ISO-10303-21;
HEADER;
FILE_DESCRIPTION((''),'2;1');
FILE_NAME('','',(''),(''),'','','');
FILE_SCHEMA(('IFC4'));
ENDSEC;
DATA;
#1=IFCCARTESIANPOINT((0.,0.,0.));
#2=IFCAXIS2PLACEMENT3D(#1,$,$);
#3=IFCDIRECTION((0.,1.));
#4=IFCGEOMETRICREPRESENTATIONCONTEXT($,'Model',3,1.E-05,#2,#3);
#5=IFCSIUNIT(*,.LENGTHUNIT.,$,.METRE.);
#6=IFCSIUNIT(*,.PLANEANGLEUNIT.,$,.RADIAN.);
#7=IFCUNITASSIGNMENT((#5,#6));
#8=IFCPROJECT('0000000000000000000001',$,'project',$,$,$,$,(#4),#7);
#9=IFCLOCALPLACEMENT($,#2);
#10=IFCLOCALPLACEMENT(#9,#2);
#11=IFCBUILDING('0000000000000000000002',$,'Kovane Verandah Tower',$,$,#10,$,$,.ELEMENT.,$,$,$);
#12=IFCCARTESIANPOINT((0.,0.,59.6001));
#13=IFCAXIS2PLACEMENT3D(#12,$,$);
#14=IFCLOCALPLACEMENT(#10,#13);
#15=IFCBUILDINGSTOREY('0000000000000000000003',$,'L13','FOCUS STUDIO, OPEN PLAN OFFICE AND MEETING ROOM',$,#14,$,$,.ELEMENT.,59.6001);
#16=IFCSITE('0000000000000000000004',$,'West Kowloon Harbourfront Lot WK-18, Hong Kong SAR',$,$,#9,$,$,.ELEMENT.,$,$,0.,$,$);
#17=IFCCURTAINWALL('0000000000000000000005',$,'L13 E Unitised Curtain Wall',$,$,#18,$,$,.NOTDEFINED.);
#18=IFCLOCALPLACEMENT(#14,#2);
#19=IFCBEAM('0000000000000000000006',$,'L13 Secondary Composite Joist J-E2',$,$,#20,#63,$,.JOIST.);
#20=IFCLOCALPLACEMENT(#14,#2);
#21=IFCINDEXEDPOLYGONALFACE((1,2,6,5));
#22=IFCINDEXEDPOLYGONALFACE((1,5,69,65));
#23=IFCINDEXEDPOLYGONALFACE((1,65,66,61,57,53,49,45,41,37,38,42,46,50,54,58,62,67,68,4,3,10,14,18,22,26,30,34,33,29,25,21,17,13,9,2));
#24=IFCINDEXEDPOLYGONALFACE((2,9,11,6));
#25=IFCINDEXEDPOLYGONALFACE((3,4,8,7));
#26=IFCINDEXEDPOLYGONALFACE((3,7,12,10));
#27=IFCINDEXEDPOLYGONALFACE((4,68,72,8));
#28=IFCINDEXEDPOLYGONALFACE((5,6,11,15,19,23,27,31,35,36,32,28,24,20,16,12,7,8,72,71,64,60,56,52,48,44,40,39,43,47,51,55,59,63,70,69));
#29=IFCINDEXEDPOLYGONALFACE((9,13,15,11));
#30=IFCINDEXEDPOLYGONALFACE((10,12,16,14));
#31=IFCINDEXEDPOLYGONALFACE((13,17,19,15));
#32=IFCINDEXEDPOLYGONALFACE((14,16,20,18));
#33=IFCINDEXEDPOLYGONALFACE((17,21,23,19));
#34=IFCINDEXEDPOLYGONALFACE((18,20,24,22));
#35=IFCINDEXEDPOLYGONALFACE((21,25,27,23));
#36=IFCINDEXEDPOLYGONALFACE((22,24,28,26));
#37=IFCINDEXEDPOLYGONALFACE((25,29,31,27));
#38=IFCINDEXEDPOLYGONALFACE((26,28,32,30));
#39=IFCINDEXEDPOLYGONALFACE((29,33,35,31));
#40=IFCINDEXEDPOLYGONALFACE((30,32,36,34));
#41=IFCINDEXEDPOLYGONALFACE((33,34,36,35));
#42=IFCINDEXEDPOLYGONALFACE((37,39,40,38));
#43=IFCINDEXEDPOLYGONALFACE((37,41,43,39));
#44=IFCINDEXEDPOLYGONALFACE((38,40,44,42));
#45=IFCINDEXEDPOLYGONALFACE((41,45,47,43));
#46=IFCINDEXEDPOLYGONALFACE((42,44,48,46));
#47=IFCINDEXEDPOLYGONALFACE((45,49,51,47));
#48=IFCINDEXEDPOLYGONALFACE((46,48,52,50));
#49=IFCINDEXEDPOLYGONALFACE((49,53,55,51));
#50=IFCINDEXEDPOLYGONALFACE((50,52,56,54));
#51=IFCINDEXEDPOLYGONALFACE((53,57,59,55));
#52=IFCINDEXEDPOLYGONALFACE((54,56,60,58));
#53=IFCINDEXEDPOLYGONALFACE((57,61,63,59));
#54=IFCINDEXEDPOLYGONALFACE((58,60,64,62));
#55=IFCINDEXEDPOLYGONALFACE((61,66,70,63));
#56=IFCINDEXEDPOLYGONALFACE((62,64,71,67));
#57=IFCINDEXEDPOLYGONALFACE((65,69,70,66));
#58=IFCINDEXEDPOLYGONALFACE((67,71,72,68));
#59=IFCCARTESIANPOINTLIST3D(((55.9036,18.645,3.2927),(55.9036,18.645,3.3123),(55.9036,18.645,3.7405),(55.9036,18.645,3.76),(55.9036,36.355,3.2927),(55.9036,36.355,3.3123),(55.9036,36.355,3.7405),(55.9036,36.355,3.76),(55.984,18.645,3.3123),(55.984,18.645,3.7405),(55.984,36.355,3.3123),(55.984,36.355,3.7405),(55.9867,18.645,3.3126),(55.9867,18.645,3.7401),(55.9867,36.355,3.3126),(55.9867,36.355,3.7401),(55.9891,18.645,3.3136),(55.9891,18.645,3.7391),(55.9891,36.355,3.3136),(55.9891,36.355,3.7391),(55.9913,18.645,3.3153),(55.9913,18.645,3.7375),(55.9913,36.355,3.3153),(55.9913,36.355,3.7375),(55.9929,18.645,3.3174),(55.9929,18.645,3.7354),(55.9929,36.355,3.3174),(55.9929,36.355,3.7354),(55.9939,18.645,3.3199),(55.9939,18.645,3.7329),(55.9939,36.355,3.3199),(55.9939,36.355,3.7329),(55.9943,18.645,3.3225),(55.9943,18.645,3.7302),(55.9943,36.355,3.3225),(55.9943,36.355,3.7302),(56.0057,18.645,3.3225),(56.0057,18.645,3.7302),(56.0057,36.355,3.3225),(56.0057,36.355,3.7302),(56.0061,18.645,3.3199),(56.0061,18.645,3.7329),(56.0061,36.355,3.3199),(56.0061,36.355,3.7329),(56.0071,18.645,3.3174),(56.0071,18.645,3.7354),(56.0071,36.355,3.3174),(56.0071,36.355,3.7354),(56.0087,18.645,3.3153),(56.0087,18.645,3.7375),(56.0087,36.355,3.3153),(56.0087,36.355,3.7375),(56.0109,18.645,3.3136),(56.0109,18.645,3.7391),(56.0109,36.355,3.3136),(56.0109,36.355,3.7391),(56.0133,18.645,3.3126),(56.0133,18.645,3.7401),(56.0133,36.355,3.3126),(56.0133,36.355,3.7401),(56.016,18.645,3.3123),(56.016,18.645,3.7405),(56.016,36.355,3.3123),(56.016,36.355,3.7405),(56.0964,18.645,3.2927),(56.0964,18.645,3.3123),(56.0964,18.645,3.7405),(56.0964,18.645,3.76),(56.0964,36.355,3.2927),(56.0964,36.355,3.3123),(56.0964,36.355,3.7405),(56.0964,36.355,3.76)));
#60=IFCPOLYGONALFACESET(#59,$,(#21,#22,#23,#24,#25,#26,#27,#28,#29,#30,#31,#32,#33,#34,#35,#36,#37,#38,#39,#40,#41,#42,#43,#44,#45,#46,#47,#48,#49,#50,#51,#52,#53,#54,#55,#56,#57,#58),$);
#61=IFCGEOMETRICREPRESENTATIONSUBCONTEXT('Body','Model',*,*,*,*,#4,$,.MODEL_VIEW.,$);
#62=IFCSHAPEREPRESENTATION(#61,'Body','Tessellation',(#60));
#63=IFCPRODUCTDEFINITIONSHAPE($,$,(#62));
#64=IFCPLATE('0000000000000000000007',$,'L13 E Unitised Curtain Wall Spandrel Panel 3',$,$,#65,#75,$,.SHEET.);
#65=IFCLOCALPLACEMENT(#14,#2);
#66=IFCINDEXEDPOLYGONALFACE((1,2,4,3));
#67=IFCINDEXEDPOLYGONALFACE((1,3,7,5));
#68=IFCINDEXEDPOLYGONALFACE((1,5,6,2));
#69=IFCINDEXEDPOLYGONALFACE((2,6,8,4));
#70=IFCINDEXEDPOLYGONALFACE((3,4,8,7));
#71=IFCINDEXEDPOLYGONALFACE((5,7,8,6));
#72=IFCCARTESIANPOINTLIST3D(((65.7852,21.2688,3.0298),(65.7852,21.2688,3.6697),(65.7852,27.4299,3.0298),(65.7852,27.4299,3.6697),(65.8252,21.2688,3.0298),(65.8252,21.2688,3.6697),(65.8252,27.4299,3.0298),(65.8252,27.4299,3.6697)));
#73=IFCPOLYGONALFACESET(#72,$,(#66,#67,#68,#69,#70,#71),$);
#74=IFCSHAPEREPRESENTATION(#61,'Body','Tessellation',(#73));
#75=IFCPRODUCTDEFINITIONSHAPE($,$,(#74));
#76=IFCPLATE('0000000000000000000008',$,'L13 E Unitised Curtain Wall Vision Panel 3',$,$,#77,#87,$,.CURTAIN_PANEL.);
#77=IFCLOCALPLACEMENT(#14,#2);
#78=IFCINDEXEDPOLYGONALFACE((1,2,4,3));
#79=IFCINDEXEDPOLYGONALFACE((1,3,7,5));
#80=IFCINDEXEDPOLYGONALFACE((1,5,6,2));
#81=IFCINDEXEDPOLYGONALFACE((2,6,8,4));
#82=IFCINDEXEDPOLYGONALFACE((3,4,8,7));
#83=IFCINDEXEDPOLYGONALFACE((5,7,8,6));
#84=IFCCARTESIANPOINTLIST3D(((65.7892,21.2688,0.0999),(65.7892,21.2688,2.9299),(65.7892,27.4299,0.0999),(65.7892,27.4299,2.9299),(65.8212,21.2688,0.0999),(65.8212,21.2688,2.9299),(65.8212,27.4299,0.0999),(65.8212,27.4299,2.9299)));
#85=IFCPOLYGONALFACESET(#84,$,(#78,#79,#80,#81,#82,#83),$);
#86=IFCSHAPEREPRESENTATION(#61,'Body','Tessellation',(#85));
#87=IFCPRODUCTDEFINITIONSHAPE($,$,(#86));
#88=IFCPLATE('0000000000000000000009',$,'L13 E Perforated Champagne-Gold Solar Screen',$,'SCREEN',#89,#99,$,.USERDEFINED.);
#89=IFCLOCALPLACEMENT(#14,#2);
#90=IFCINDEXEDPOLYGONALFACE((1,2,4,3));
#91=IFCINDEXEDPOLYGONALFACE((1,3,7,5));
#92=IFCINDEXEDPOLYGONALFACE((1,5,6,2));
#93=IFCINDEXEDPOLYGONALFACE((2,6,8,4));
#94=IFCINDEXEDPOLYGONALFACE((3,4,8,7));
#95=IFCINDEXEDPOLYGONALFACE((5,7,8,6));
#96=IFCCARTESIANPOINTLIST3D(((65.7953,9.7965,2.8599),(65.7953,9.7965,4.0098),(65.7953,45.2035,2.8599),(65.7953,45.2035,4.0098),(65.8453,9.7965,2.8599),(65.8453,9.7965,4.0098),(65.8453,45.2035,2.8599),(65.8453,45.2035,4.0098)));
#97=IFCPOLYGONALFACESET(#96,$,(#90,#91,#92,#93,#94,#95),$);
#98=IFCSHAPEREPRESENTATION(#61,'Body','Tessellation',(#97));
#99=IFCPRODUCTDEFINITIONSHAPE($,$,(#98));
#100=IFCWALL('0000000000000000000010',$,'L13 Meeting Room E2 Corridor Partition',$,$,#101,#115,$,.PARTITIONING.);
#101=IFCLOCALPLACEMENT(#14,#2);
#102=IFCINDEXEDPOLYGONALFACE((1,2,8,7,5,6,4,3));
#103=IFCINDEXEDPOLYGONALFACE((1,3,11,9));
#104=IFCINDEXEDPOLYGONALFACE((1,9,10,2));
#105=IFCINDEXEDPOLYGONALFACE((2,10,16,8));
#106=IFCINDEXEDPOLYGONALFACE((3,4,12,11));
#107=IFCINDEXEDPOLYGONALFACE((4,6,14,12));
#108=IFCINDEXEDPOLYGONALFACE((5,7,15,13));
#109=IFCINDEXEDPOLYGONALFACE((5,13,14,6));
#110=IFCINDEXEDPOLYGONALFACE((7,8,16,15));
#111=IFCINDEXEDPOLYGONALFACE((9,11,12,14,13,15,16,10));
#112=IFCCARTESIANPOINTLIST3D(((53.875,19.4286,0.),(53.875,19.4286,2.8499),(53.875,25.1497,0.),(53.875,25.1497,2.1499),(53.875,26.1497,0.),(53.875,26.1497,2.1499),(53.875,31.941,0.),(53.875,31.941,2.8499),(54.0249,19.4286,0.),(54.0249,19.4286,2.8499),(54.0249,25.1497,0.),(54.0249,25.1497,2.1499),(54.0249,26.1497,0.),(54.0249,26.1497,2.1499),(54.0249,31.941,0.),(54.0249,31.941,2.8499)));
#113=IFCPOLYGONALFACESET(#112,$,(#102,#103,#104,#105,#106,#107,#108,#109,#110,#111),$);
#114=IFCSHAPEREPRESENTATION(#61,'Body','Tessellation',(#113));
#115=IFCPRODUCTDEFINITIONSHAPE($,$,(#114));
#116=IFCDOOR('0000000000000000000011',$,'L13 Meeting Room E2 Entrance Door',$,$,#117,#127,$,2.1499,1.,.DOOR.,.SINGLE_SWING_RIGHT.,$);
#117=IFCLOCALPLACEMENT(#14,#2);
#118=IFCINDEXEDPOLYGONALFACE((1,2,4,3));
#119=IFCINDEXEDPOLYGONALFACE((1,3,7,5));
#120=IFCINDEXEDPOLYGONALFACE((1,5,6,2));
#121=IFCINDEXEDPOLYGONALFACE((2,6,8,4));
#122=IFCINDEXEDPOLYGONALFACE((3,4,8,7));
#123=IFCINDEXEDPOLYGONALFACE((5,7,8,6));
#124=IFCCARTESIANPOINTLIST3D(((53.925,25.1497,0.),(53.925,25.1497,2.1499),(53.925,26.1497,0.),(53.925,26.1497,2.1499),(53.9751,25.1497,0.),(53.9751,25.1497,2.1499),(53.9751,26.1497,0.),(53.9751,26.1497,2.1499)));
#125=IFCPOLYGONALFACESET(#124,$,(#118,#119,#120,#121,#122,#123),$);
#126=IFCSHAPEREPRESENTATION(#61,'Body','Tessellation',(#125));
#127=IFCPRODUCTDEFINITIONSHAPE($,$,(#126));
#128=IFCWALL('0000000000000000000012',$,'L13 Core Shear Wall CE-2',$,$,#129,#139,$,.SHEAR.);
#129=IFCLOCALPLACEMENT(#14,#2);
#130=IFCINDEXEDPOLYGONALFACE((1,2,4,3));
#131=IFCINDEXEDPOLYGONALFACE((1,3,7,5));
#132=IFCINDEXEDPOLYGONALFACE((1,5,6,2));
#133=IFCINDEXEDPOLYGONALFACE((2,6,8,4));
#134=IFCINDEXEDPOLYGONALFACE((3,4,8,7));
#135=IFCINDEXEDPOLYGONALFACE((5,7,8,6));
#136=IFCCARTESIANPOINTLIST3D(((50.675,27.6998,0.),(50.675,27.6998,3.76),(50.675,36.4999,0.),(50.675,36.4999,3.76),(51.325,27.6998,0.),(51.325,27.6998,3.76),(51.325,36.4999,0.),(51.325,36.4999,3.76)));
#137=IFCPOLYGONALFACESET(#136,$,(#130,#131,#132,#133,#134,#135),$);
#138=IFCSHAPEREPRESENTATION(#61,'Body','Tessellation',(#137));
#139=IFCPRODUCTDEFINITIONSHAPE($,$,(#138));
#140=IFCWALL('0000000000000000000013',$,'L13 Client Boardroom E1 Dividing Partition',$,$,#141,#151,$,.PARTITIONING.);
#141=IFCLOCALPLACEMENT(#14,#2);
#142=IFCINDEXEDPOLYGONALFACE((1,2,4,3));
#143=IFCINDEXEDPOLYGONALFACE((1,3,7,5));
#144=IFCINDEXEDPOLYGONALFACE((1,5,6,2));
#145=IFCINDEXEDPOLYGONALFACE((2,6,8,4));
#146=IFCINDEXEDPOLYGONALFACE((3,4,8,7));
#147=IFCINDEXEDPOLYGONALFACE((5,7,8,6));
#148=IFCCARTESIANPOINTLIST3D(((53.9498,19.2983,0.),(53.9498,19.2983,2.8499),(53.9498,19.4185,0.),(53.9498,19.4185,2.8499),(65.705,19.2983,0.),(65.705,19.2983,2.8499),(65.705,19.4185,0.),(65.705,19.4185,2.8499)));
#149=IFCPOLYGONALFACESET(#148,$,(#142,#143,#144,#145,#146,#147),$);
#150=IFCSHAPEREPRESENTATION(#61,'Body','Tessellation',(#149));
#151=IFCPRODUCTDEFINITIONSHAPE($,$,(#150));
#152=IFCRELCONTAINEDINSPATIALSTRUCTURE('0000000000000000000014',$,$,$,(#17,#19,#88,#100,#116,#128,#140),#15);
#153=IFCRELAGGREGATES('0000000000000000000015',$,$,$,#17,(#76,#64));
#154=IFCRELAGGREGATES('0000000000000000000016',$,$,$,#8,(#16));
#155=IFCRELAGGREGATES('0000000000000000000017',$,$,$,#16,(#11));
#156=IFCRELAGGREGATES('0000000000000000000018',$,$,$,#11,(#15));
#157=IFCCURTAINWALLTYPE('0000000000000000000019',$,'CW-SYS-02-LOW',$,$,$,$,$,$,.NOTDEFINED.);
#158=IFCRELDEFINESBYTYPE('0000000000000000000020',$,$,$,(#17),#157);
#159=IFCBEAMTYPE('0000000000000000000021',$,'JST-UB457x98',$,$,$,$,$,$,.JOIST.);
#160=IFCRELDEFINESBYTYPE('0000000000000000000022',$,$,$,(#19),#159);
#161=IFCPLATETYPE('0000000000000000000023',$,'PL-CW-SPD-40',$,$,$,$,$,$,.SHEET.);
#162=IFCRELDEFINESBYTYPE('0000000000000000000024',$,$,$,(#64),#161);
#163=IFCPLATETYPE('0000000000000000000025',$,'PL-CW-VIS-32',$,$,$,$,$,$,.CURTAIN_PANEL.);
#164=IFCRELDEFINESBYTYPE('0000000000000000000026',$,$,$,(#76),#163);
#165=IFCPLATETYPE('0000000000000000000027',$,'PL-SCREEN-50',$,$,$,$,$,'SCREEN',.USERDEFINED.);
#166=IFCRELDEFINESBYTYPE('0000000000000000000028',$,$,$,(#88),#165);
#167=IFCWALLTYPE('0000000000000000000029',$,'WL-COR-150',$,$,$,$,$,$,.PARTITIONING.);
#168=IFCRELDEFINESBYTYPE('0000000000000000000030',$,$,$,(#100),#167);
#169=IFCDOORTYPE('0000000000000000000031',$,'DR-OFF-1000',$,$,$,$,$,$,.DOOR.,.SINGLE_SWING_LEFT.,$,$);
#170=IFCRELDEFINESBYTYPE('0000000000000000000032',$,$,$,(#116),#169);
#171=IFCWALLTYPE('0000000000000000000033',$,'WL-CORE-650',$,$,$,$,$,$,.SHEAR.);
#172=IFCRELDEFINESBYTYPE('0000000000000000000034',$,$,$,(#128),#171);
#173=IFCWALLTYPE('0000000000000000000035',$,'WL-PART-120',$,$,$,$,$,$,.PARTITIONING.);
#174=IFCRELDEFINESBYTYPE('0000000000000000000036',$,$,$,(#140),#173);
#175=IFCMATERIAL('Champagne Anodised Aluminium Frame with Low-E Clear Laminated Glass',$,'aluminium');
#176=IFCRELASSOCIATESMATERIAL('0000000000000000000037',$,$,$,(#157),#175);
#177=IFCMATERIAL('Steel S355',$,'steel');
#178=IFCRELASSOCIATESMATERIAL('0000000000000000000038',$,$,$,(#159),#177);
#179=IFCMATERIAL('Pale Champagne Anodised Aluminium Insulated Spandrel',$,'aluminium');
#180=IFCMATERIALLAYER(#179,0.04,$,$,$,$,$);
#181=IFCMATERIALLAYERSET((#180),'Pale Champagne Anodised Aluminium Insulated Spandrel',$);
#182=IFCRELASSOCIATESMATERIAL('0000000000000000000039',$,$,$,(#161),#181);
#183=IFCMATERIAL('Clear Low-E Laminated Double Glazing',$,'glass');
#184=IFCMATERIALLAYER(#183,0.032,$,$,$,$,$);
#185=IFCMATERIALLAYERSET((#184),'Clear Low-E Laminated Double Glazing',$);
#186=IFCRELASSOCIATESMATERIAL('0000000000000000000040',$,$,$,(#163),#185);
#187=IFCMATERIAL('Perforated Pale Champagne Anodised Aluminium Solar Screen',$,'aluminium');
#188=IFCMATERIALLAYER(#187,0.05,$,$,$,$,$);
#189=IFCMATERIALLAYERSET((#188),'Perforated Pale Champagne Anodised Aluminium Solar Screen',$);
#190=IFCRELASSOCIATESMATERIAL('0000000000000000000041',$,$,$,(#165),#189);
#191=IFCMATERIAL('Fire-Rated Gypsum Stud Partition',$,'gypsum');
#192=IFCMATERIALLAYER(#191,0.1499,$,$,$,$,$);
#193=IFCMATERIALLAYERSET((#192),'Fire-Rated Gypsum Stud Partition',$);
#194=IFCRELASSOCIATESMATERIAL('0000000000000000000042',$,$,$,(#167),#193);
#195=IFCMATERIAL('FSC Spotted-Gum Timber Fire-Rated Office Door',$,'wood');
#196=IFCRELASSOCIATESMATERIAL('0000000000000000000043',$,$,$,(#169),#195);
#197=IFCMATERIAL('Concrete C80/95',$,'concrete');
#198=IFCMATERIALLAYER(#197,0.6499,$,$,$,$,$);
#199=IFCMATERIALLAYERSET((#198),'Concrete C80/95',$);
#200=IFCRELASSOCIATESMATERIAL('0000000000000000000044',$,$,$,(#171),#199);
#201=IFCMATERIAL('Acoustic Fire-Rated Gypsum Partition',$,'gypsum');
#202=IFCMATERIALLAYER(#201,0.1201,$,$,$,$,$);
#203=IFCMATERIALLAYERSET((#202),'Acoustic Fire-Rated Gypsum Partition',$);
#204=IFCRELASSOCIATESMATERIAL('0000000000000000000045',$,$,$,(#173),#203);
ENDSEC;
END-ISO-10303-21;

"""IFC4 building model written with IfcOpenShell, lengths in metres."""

from ifc_helpers import new_model, si_unit, direction, frame, frame_2d, origin, origin_2d, place, context, subcontext, project, spatial, rectangle, i_section, extrude, material, layer, layer_set, material_profile, profile_set, type_object, element, fill, aggregate, save


model = new_model("IFC4")

# Units and contexts
model_context = context("Model", 3, precision=1e-05, world=origin(), true_north=direction((0.0, 1.0)))
body_context = subcontext(model_context, "Body", "Model", "MODEL_VIEW")
ifc_project = project(units=[si_unit("LENGTHUNIT", "METRE"), si_unit("PLANEANGLEUNIT", "RADIAN")], contexts=[model_context])

# Site, building, storey
site_placement = place(None, origin())
site = spatial("IfcSite", under=ifc_project, at=site_placement, Name="West Kowloon Harbourfront Lot WK-18, Hong Kong SAR", CompositionType="ELEMENT", RefElevation=0.0)
building_placement = place(site_placement, origin())
building = spatial("IfcBuilding", under=site, at=building_placement, Name="Kovane Verandah Tower", CompositionType="ELEMENT")
storey_placement = place(building_placement, frame((0.0, 0.0, 59.6001)))
storey = spatial("IfcBuildingStorey", under=building, at=storey_placement, Name="L13", Description="FOCUS STUDIO, OPEN PLAN OFFICE AND MEETING ROOM", CompositionType="ELEMENT", Elevation=59.6001)

# Shared definitions
ifc_material_1 = material(Name="Concrete C80/95", Category="concrete")

# Shared definitions
ifc_material_2 = material(Name="Steel S355", Category="steel")

# Curtain wall
ifc_material_3 = material(Name="Champagne Anodised Aluminium Frame with Low-E Clear Laminated Glass", Category="aluminium")
curtain_wall_type = type_object("IfcCurtainWallType", Name="CW-SYS-02-LOW", PredefinedType="NOTDEFINED", material=ifc_material_3)
curtain_wall_placement = place(storey_placement, origin())
curtain_wall = element("IfcCurtainWall", 1, at=curtain_wall_placement, inside=storey, type_object=curtain_wall_type, Name="L13 E Unitised Curtain Wall", PredefinedType="NOTDEFINED")

# Beam
ifc_material_profile_1 = material_profile(ifc_material_2, i_section(OverallWidth=0.1929, OverallDepth=0.4673, WebThickness=0.0115, FlangeThickness=0.0195, FilletRadius=0.0103, at=origin_2d()), Name="UB457x191x98")
ifc_profile_set_1 = profile_set([ifc_material_profile_1], Name="Steel S355")
beam_type_1 = type_object("IfcBeamType", Name="JST-UB457x98", PredefinedType="JOIST", material=ifc_profile_set_1)
for number, where, z_axis, x_axis, name in (
    (2, (56.0, 18.645, 3.5264), (0.0, 1.0, 0.0), (-1.0, 0.0, 0.0), "L13 Secondary Composite Joist J-E2"),
):
    element("IfcBeam", number, at=place(storey_placement, frame(where, z_axis=z_axis, x_axis=x_axis)), inside=storey, type_object=beam_type_1, Name=name, PredefinedType="JOIST", context=body_context, shape_type="SweptSolid", body=[
        extrude(i_section(OverallWidth=0.1929, OverallDepth=0.4673, WebThickness=0.0115, FlangeThickness=0.0195, FilletRadius=0.0103, at=origin_2d()), origin(), (0.0, 0.0, 1.0), 17.71),
    ])

# Plates
ifc_material_4 = material(Name="Pale Champagne Anodised Aluminium Insulated Spandrel", Category="aluminium")
ifc_layer_1 = layer(ifc_material_4, 0.04)
ifc_layer_set_1 = layer_set([ifc_layer_1], Name="Pale Champagne Anodised Aluminium Insulated Spandrel")
plate_type_1 = type_object("IfcPlateType", Name="PL-CW-SPD-40", PredefinedType="SHEET", material=ifc_layer_set_1)
plate_1_placement = place(storey_placement, frame((65.8052, 24.3494, 3.0298), z_axis=(0.0, 0.0, 1.0), x_axis=(0.0, 1.0, 0.0)))
plate_1 = element("IfcPlate", 3, at=plate_1_placement, type_object=plate_type_1, Name="L13 E Unitised Curtain Wall Spandrel Panel 3", PredefinedType="SHEET", context=body_context, shape_type="SweptSolid", body=[
    extrude(rectangle(XDim=6.1611, YDim=0.04, at=origin_2d()), origin(), (0.0, 0.0, 1.0), 0.6399),
])
ifc_material_5 = material(Name="Clear Low-E Laminated Double Glazing", Category="glass")
ifc_layer_2 = layer(ifc_material_5, 0.032)
ifc_layer_set_2 = layer_set([ifc_layer_2], Name="Clear Low-E Laminated Double Glazing")
plate_type_2 = type_object("IfcPlateType", Name="PL-CW-VIS-32", PredefinedType="CURTAIN_PANEL", material=ifc_layer_set_2)
plate_2_placement = place(storey_placement, frame((65.8052, 24.3494, 0.0999), z_axis=(0.0, 0.0, 1.0), x_axis=(0.0, 1.0, 0.0)))
plate_2 = element("IfcPlate", 4, at=plate_2_placement, type_object=plate_type_2, Name="L13 E Unitised Curtain Wall Vision Panel 3", PredefinedType="CURTAIN_PANEL", context=body_context, shape_type="SweptSolid", body=[
    extrude(rectangle(XDim=6.1611, YDim=0.032, at=origin_2d()), origin(), (0.0, 0.0, 1.0), 2.8301),
])
aggregate(curtain_wall, [plate_2, plate_1])
ifc_material_6 = material(Name="Perforated Pale Champagne Anodised Aluminium Solar Screen", Category="aluminium")
ifc_layer_3 = layer(ifc_material_6, 0.05)
ifc_layer_set_3 = layer_set([ifc_layer_3], Name="Perforated Pale Champagne Anodised Aluminium Solar Screen")
plate_type_3 = type_object("IfcPlateType", Name="PL-SCREEN-50", ElementType="SCREEN", PredefinedType="USERDEFINED", material=ifc_layer_set_3)
plate_3_placement = place(storey_placement, frame((65.8203, 27.5, 2.8599), z_axis=(0.0, 0.0, 1.0), x_axis=(0.0, 1.0, 0.0)))
element("IfcPlate", 5, at=plate_3_placement, inside=storey, type_object=plate_type_3, Name="L13 E Perforated Champagne-Gold Solar Screen", ObjectType="SCREEN", PredefinedType="USERDEFINED", context=body_context, shape_type="SweptSolid", body=[
    extrude(rectangle(XDim=35.407, YDim=0.05, at=origin_2d()), origin(), (0.0, 0.0, 1.0), 1.1499),
])

# Wall, opening, door
ifc_material_7 = material(Name="Fire-Rated Gypsum Stud Partition", Category="gypsum")
ifc_layer_4 = layer(ifc_material_7, 0.1499)
ifc_layer_set_4 = layer_set([ifc_layer_4], Name="Fire-Rated Gypsum Stud Partition")
wall_type_1 = type_object("IfcWallType", Name="WL-COR-150", PredefinedType="PARTITIONING", material=ifc_layer_set_4)
wall_1_placement = place(storey_placement, frame((53.95, 19.4285, 0.0), z_axis=(0.0, 0.0, 1.0), x_axis=(0.0, 1.0, 0.0)))
wall_1 = element("IfcWall", 6, at=wall_1_placement, inside=storey, type_object=wall_type_1, Name="L13 Meeting Room E2 Corridor Partition", PredefinedType="PARTITIONING", context=body_context, shape_type="SweptSolid", body=[
    extrude(rectangle(XDim=12.5125, YDim=0.1499, at=frame_2d((6.2563, 0.0))), origin(), (0.0, 0.0, 1.0), 2.8499),
])
opening_1_placement = place(wall_1_placement, frame((5.7212, 0.0, 0.0)))
opening_1 = element("IfcOpeningElement", 7, at=opening_1_placement, cuts=wall_1, PredefinedType="OPENING", context=body_context, shape_type="SweptSolid", body=[
    extrude(rectangle(XDim=1.0, YDim=2.1499, at=frame_2d((0.5, 1.075))), frame((0.0, 0.075, 0.0), z_axis=(0.0, -1.0, 0.0), x_axis=(1.0, 0.0, 0.0)), (0.0, 0.0, 1.0), 0.1499),
])
ifc_material_8 = material(Name="FSC Spotted-Gum Timber Fire-Rated Office Door", Category="wood")
door_type_1 = type_object("IfcDoorType", Name="DR-OFF-1000", OperationType="SINGLE_SWING_LEFT", PredefinedType="DOOR", material=ifc_material_8)
door_1_placement = place(opening_1_placement, origin())
door_1 = element("IfcDoor", 8, at=door_1_placement, inside=storey, type_object=door_type_1, Name="L13 Meeting Room E2 Entrance Door", OperationType="SINGLE_SWING_RIGHT", OverallHeight=2.1499, OverallWidth=1.0, PredefinedType="DOOR", context=body_context, shape_type="SweptSolid", body=[
    extrude(rectangle(XDim=1.0, YDim=2.1499, at=frame_2d((0.5, 1.075))), frame((0.0, 0.0249, 0.0), z_axis=(0.0, -1.0, 0.0), x_axis=(1.0, 0.0, 0.0)), (0.0, 0.0, 1.0), 0.05),
])
fill(opening_1, door_1)

# Wall
ifc_layer_5 = layer(ifc_material_1, 0.6499)
ifc_layer_set_5 = layer_set([ifc_layer_5], Name="Concrete C80/95")
wall_type_2 = type_object("IfcWallType", Name="WL-CORE-650", PredefinedType="SHEAR", material=ifc_layer_set_5)
wall_2_placement = place(storey_placement, frame((51.0, 27.7, 0.0), z_axis=(0.0, 0.0, 1.0), x_axis=(0.0, 1.0, 0.0)))
element("IfcWall", 9, at=wall_2_placement, inside=storey, type_object=wall_type_2, Name="L13 Core Shear Wall CE-2", PredefinedType="SHEAR", context=body_context, shape_type="SweptSolid", body=[
    extrude(rectangle(XDim=8.8, YDim=0.6499, at=frame_2d((4.3999, 0.0))), origin(), (0.0, 0.0, 1.0), 3.76),
])

# Wall
ifc_material_9 = material(Name="Acoustic Fire-Rated Gypsum Partition", Category="gypsum")
ifc_layer_6 = layer(ifc_material_9, 0.1201)
ifc_layer_set_6 = layer_set([ifc_layer_6], Name="Acoustic Fire-Rated Gypsum Partition")
wall_type_3 = type_object("IfcWallType", Name="WL-PART-120", PredefinedType="PARTITIONING", material=ifc_layer_set_6)
wall_3_placement = place(storey_placement, frame((53.95, 19.3584, 0.0), z_axis=(0.0, 0.0, 1.0), x_axis=(1.0, 0.0, 0.0)))
element("IfcWall", 10, at=wall_3_placement, inside=storey, type_object=wall_type_3, Name="L13 Client Boardroom E1 Dividing Partition", PredefinedType="PARTITIONING", context=body_context, shape_type="SweptSolid", body=[
    extrude(rectangle(XDim=11.7551, YDim=0.1201, at=frame_2d((5.8774, 0.0))), origin(), (0.0, 0.0, 1.0), 2.8499),
])

save(model, "model.ifc")
